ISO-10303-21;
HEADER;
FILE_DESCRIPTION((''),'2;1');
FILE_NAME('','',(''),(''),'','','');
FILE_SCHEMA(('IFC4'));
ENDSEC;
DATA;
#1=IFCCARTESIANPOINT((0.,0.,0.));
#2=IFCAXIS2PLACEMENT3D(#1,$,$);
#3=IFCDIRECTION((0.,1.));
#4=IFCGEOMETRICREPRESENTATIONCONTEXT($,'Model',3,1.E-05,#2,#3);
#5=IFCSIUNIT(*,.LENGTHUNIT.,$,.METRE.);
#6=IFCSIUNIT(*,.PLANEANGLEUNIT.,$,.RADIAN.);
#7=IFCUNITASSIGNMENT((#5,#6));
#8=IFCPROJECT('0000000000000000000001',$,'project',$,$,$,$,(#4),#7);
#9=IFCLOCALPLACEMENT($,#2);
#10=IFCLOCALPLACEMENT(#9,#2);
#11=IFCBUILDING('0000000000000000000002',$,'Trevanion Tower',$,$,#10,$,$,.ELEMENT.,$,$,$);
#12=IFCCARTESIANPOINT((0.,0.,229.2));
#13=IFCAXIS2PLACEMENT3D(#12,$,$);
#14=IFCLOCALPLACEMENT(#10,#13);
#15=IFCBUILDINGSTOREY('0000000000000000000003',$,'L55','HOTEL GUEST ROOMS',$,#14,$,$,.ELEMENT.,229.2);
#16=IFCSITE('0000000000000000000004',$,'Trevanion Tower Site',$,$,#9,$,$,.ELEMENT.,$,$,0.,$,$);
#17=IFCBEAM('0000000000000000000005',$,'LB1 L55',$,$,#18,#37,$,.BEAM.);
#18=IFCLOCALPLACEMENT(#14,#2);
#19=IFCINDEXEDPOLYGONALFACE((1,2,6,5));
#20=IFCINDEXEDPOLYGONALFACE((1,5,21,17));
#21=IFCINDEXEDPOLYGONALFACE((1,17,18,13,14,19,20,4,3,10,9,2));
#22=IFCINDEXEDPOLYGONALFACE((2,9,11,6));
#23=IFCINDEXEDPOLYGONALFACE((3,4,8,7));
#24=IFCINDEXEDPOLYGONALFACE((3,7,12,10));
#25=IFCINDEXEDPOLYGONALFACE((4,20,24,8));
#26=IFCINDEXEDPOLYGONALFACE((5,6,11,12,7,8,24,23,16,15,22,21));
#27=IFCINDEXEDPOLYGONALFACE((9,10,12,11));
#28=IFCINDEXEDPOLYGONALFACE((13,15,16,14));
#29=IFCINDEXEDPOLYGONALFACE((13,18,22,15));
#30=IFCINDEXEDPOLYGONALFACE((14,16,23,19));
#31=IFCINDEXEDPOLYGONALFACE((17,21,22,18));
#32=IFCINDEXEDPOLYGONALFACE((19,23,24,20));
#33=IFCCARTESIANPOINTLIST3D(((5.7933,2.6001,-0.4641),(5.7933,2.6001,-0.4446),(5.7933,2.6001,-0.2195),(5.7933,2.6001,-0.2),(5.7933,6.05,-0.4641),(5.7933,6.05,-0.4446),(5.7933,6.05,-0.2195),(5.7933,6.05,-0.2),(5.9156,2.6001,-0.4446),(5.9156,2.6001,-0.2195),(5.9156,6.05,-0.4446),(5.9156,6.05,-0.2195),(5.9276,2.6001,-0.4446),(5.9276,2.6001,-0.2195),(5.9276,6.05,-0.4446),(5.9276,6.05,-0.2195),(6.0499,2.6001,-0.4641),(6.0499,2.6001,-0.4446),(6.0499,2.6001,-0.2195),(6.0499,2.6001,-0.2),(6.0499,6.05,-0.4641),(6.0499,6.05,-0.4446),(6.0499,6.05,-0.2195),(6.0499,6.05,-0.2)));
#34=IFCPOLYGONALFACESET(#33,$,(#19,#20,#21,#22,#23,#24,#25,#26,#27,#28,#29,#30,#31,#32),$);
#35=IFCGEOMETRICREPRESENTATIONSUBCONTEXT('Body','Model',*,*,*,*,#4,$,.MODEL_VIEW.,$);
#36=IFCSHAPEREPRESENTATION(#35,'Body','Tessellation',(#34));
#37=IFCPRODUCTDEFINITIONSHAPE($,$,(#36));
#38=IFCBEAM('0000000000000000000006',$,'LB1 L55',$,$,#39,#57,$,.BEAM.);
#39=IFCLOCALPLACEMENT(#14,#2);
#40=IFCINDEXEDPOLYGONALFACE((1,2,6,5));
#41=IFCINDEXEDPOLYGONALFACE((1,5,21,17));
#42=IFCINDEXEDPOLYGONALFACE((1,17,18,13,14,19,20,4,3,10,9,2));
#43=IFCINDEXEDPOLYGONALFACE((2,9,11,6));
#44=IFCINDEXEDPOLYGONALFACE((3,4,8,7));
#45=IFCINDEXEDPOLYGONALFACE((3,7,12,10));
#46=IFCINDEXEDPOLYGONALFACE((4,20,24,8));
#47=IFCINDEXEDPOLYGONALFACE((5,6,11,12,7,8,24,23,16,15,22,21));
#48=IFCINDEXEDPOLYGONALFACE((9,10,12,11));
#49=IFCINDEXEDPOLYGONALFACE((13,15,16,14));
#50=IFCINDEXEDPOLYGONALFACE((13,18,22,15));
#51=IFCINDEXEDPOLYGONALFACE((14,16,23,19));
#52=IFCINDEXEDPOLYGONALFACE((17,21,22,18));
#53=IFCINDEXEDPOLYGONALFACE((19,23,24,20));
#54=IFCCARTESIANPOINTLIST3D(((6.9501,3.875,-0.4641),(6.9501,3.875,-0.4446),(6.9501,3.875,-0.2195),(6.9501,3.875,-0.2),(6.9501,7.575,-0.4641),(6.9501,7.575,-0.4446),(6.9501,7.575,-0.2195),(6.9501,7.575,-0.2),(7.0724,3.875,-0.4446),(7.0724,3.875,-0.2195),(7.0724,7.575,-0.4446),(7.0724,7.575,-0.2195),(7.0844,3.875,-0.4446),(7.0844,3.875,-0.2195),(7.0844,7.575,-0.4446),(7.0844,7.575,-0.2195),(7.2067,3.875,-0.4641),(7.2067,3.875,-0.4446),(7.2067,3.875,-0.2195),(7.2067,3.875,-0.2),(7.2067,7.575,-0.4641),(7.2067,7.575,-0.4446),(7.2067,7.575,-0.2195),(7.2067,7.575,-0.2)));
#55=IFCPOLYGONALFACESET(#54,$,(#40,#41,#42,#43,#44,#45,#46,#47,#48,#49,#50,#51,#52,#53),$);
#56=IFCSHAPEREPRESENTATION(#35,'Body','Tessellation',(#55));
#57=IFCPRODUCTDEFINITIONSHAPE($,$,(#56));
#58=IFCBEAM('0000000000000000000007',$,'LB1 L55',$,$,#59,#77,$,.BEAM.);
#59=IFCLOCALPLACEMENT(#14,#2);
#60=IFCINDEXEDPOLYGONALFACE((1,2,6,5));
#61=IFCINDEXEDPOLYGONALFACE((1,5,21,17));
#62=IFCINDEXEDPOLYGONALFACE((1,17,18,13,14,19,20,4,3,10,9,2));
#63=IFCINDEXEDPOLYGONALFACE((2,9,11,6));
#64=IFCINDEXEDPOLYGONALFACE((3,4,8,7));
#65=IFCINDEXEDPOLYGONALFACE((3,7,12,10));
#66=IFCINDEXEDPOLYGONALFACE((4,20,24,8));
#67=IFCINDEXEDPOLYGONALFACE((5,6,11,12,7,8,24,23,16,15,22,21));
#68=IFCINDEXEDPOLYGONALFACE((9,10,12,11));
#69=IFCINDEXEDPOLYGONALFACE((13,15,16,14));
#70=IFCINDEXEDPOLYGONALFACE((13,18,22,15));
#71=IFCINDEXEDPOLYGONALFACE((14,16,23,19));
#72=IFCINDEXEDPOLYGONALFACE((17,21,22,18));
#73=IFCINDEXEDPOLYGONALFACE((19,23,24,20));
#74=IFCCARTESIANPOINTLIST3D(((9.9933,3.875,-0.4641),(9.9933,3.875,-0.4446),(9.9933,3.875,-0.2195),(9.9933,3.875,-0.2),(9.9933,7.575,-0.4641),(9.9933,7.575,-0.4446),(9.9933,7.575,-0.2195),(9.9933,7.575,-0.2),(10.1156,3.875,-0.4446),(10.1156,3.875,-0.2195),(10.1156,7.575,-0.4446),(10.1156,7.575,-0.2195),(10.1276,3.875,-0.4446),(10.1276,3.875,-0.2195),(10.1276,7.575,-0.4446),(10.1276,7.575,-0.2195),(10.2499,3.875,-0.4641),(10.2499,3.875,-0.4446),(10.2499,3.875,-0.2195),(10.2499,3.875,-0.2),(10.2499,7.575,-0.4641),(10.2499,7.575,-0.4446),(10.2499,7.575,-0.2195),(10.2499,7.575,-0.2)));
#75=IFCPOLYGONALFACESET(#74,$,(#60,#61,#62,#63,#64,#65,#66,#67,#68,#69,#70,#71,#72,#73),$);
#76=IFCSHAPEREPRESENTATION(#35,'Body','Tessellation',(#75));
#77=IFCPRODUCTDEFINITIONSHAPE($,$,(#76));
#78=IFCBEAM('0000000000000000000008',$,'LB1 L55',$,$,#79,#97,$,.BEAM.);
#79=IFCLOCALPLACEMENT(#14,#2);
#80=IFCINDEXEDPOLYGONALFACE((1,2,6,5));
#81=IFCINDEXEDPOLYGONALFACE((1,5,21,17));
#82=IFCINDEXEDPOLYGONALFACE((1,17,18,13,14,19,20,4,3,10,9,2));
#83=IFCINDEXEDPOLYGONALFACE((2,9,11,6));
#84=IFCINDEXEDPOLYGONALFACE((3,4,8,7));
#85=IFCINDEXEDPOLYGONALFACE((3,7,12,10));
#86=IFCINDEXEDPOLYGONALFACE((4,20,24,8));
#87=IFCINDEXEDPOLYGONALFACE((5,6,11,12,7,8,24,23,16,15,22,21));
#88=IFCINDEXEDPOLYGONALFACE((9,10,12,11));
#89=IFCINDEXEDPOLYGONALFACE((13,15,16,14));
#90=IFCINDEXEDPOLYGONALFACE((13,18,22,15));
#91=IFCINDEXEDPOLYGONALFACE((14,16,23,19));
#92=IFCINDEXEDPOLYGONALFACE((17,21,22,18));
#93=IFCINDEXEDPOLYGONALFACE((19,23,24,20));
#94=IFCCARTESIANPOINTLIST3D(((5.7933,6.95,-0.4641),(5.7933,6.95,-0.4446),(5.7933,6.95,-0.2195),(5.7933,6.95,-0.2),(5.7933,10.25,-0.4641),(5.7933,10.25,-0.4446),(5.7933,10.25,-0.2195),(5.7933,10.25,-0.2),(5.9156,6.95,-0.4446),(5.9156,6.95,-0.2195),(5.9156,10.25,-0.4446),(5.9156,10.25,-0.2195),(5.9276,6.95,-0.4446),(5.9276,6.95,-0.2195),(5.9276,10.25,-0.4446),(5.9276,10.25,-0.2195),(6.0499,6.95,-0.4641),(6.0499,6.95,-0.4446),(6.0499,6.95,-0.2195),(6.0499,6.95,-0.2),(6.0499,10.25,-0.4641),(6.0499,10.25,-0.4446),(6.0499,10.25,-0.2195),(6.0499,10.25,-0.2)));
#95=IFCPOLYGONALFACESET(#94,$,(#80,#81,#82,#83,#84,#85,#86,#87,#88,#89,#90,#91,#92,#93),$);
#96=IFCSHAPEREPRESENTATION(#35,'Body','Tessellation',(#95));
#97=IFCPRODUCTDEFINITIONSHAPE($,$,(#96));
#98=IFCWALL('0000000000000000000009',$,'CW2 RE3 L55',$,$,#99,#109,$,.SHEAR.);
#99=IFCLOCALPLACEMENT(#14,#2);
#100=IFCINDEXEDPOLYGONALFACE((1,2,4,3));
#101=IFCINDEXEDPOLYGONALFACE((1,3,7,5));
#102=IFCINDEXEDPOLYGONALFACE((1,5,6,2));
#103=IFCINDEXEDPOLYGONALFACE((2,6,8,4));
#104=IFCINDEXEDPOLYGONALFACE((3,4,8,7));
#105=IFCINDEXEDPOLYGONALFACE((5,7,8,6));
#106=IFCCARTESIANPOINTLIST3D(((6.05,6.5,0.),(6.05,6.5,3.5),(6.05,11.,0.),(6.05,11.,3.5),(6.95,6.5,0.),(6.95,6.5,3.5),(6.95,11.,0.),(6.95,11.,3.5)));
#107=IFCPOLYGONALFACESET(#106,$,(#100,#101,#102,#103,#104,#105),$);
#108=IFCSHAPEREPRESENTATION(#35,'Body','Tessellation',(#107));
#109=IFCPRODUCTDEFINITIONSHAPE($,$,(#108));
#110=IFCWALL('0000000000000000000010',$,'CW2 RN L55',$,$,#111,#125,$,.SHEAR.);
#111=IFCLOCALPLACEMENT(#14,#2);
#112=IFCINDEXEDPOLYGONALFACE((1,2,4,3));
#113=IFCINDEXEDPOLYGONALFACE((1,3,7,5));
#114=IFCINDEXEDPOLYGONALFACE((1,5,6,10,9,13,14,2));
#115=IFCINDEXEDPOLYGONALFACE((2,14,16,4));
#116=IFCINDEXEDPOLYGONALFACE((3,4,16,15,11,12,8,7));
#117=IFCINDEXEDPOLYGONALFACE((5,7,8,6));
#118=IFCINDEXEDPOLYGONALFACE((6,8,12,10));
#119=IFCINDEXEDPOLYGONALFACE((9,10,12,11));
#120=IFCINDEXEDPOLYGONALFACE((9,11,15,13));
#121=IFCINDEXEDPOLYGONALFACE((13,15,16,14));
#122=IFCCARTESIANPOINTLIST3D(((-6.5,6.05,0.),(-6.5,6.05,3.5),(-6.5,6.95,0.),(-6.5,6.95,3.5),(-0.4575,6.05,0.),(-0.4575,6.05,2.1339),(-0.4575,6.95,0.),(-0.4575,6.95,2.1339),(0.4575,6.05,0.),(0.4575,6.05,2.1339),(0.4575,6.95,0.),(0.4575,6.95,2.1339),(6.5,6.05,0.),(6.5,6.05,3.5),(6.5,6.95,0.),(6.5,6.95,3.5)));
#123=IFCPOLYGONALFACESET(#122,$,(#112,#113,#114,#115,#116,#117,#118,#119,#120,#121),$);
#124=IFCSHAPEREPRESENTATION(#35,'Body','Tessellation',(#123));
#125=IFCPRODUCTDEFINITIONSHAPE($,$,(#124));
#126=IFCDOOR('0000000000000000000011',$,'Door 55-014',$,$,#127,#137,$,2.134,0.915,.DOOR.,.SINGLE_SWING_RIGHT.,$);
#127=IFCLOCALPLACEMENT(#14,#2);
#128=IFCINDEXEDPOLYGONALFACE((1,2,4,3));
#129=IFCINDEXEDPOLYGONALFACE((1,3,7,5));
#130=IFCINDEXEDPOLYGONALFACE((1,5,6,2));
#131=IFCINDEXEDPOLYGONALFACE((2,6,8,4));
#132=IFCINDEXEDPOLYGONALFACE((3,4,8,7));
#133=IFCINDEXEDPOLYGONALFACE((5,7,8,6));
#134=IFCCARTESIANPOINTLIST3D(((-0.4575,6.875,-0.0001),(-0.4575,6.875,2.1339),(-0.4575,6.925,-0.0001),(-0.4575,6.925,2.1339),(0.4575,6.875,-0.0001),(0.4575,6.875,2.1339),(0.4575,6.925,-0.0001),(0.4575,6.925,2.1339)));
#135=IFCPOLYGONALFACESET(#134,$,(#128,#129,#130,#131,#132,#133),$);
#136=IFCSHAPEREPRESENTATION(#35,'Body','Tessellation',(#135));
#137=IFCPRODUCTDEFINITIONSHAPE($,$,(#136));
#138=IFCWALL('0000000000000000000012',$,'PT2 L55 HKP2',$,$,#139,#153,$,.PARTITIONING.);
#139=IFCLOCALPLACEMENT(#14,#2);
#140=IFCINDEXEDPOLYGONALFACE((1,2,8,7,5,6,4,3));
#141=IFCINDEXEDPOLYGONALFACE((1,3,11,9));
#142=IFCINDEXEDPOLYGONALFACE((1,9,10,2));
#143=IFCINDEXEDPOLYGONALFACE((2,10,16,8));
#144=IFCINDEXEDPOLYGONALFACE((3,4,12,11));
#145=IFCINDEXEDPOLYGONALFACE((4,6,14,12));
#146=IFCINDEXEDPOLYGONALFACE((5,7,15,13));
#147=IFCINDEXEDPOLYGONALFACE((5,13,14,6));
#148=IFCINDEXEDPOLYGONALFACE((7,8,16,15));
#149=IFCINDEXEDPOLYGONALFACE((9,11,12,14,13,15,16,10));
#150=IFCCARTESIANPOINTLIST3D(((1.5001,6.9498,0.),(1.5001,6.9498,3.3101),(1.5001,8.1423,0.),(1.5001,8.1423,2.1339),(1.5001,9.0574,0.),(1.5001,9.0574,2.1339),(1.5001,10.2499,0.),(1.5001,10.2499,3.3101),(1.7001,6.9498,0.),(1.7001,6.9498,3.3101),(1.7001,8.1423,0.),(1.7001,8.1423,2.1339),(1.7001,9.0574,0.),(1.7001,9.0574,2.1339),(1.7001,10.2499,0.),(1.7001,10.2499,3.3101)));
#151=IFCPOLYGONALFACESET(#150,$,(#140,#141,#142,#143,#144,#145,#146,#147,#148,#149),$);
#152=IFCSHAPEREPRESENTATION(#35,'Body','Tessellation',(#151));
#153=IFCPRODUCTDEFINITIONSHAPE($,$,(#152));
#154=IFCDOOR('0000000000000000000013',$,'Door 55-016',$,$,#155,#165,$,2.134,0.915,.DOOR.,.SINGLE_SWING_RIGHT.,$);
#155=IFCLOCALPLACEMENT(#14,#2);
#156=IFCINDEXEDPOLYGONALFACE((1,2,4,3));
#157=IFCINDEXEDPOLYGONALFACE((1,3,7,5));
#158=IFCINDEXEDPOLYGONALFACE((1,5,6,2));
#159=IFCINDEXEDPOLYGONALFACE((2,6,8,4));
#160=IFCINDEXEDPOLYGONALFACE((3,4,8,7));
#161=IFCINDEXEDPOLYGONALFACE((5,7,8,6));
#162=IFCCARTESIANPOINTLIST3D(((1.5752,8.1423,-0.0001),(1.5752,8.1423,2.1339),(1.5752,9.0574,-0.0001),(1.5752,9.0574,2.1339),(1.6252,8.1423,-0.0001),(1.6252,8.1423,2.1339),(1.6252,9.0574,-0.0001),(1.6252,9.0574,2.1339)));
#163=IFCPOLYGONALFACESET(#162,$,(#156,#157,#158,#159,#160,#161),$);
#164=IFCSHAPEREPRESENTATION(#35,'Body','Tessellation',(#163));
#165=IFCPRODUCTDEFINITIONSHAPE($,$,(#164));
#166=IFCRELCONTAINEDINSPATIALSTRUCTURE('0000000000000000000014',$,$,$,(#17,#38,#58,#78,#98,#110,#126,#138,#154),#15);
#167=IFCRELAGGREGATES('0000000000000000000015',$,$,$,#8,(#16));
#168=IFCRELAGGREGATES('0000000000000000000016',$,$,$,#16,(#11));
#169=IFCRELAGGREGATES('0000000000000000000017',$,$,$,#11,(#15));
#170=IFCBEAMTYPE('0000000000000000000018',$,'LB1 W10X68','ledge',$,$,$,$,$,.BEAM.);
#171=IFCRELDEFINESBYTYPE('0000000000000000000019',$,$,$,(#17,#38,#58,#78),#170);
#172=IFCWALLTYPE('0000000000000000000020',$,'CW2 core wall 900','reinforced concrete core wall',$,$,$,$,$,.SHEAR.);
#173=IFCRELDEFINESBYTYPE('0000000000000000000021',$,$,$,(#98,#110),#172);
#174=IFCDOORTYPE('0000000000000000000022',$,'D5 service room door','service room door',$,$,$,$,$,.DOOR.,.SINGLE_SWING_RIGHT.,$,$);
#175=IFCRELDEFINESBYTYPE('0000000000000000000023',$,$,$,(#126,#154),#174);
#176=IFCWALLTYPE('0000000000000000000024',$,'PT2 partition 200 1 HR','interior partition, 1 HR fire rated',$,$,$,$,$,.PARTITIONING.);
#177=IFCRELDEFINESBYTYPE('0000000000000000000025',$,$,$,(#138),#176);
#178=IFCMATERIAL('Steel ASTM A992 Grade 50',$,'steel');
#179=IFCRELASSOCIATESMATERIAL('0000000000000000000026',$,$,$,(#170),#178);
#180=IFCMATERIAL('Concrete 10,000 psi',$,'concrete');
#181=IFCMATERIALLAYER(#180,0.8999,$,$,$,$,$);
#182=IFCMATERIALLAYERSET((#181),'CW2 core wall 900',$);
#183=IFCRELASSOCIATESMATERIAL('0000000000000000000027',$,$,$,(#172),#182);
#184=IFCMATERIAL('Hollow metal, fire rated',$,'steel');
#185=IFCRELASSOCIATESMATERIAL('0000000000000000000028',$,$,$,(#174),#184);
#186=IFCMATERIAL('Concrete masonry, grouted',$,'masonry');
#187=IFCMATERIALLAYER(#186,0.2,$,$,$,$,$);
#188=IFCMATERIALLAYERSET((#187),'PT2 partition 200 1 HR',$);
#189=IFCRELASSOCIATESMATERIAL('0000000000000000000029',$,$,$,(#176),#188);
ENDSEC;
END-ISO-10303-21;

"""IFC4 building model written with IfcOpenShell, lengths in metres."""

from ifc_helpers import new_model, si_unit, direction, frame, frame_2d, origin, origin_2d, place, context, subcontext, project, spatial, rectangle, i_section, extrude, material, layer, layer_set, material_profile, profile_set, type_object, element, fill, save


model = new_model("IFC4")

# Units and contexts
model_context = context("Model", 3, precision=1e-05, world=origin(), true_north=direction((0.0, 1.0)))
body_context = subcontext(model_context, "Body", "Model", "MODEL_VIEW")
ifc_project = project(units=[si_unit("LENGTHUNIT", "METRE"), si_unit("PLANEANGLEUNIT", "RADIAN")], contexts=[model_context])

# Site, building, storey
site_placement = place(None, origin())
site = spatial("IfcSite", under=ifc_project, at=site_placement, Name="Trevanion Tower Site", CompositionType="ELEMENT", RefElevation=0.0)
building_placement = place(site_placement, origin())
building = spatial("IfcBuilding", under=site, at=building_placement, Name="Trevanion Tower", CompositionType="ELEMENT")
storey_placement = place(building_placement, frame((0.0, 0.0, 229.2)))
storey = spatial("IfcBuildingStorey", under=building, at=storey_placement, Name="L55", Description="HOTEL GUEST ROOMS", CompositionType="ELEMENT", Elevation=229.2)

# Beams
ifc_material_1 = material(Name="Steel ASTM A992 Grade 50", Category="steel")
ifc_material_profile = material_profile(ifc_material_1, i_section(OverallWidth=0.2566, OverallDepth=0.2642, WebThickness=0.012, FlangeThickness=0.0195, at=origin_2d()), Name="W10X68")
ifc_profile_set = profile_set([ifc_material_profile], Name="Steel ASTM A992 Grade 50")
beam_type = type_object("IfcBeamType", Name="LB1 W10X68", Description="ledge", PredefinedType="BEAM", material=ifc_profile_set)
beam_1_placement = place(storey_placement, frame((5.9216, 2.6001, -0.332), z_axis=(0.0, 1.0, 0.0), x_axis=(-1.0, 0.0, 0.0)))
element("IfcBeam", 1, at=beam_1_placement, inside=storey, type_object=beam_type, Name="LB1 L55", PredefinedType="BEAM", context=body_context, shape_type="SweptSolid", body=[
    extrude(i_section(OverallWidth=0.2566, OverallDepth=0.2642, WebThickness=0.012, FlangeThickness=0.0195, at=origin_2d()), origin(), (0.0, 0.0, 1.0), 3.45),
])
for number, where, z_axis, x_axis, name in (
    (2, (7.0784, 3.875, -0.332), (0.0, 1.0, 0.0), (-1.0, 0.0, 0.0), "LB1 L55"),
    (3, (10.1216, 3.875, -0.332), (0.0, 1.0, 0.0), (-1.0, 0.0, 0.0), "LB1 L55"),
):
    element("IfcBeam", number, at=place(storey_placement, frame(where, z_axis=z_axis, x_axis=x_axis)), inside=storey, type_object=beam_type, Name=name, PredefinedType="BEAM", context=body_context, shape_type="SweptSolid", body=[
        extrude(i_section(OverallWidth=0.2566, OverallDepth=0.2642, WebThickness=0.012, FlangeThickness=0.0195, at=origin_2d()), origin(), (0.0, 0.0, 1.0), 3.7),
    ])
beam_2_placement = place(storey_placement, frame((5.9216, 6.95, -0.332), z_axis=(0.0, 1.0, 0.0), x_axis=(-1.0, 0.0, 0.0)))
element("IfcBeam", 4, at=beam_2_placement, inside=storey, type_object=beam_type, Name="LB1 L55", PredefinedType="BEAM", context=body_context, shape_type="SweptSolid", body=[
    extrude(i_section(OverallWidth=0.2566, OverallDepth=0.2642, WebThickness=0.012, FlangeThickness=0.0195, at=origin_2d()), origin(), (0.0, 0.0, 1.0), 3.3),
])

# Wall
ifc_material_2 = material(Name="Concrete 10,000 psi", Category="concrete")
ifc_layer_1 = layer(ifc_material_2, 0.8999)
ifc_layer_set_1 = layer_set([ifc_layer_1], Name="CW2 core wall 900")
wall_type_1 = type_object("IfcWallType", Name="CW2 core wall 900", Description="reinforced concrete core wall", PredefinedType="SHEAR", material=ifc_layer_set_1)
wall_1_placement = place(storey_placement, frame((6.5, 6.5, 0.0), z_axis=(0.0, 0.0, 1.0), x_axis=(0.0, 1.0, 0.0)))
element("IfcWall", 5, at=wall_1_placement, inside=storey, type_object=wall_type_1, Name="CW2 RE3 L55", PredefinedType="SHEAR", context=body_context, shape_type="SweptSolid", body=[
    extrude(rectangle(XDim=4.5, YDim=0.8999, at=frame_2d((2.25, 0.0))), origin(), (0.0, 0.0, 1.0), 3.5),
])

# Walls, openings, doors
wall_2_placement = place(storey_placement, frame((6.5, 6.5, 0.0), z_axis=(0.0, 0.0, 1.0), x_axis=(-1.0, 0.0, 0.0)))
wall_2 = element("IfcWall", 6, at=wall_2_placement, inside=storey, type_object=wall_type_1, Name="CW2 RN L55", PredefinedType="SHEAR", context=body_context, shape_type="SweptSolid", body=[
    extrude(rectangle(XDim=13.0, YDim=0.8999, at=frame_2d((6.5, 0.0))), origin(), (0.0, 0.0, 1.0), 3.5),
])
opening_1_placement = place(wall_2_placement, frame((6.0425, 0.0, 0.0)))
opening_1 = element("IfcOpeningElement", 7, at=opening_1_placement, cuts=wall_2, PredefinedType="OPENING", context=body_context, shape_type="SweptSolid", body=[
    extrude(rectangle(XDim=0.915, YDim=2.134, at=frame_2d((0.4575, 1.0669))), frame((0.0, 0.46, 0.0), z_axis=(0.0, -1.0, 0.0), x_axis=(1.0, 0.0, 0.0)), (0.0, 0.0, 1.0), 0.9199),
])
ifc_material_3 = material(Name="Hollow metal, fire rated", Category="steel")
door_type_1 = type_object("IfcDoorType", Name="D5 service room door", Description="service room door", OperationType="SINGLE_SWING_RIGHT", PredefinedType="DOOR", material=ifc_material_3)
door_1_placement = place(opening_1_placement, origin())
door_1 = element("IfcDoor", 8, at=door_1_placement, inside=storey, type_object=door_type_1, Name="Door 55-014", OperationType="SINGLE_SWING_RIGHT", OverallHeight=2.134, OverallWidth=0.915, PredefinedType="DOOR", context=body_context, shape_type="SweptSolid", body=[
    extrude(rectangle(XDim=0.915, YDim=2.134, at=frame_2d((0.4575, 1.0669))), frame((0.0, -0.375, 0.0), z_axis=(0.0, -1.0, 0.0), x_axis=(1.0, 0.0, 0.0)), (0.0, 0.0, 1.0), 0.05),
])
fill(opening_1, door_1)
ifc_material_4 = material(Name="Concrete masonry, grouted", Category="masonry")
ifc_layer_2 = layer(ifc_material_4, 0.2)
ifc_layer_set_2 = layer_set([ifc_layer_2], Name="PT2 partition 200 1 HR")
wall_type_2 = type_object("IfcWallType", Name="PT2 partition 200 1 HR", Description="interior partition, 1 HR fire rated", PredefinedType="PARTITIONING", material=ifc_layer_set_2)
wall_3_placement = place(storey_placement, frame((1.6001, 6.95, 0.0), z_axis=(0.0, 0.0, 1.0), x_axis=(0.0, 1.0, 0.0)))
wall_3 = element("IfcWall", 9, at=wall_3_placement, inside=storey, type_object=wall_type_2, Name="PT2 L55 HKP2", PredefinedType="PARTITIONING", context=body_context, shape_type="SweptSolid", body=[
    extrude(rectangle(XDim=3.3, YDim=0.2, at=frame_2d((1.6499, 0.0))), origin(), (0.0, 0.0, 1.0), 3.3101),
])
opening_2_placement = place(wall_3_placement, frame((1.1924, 0.0, 0.0)))
opening_2 = element("IfcOpeningElement", 10, at=opening_2_placement, cuts=wall_3, PredefinedType="OPENING", context=body_context, shape_type="SweptSolid", body=[
    extrude(rectangle(XDim=0.915, YDim=2.134, at=frame_2d((0.4575, 1.0669))), frame((0.0, 0.1099, 0.0), z_axis=(0.0, -1.0, 0.0), x_axis=(1.0, 0.0, 0.0)), (0.0, 0.0, 1.0), 0.22),
])
door_2_placement = place(opening_2_placement, origin())
door_2 = element("IfcDoor", 11, at=door_2_placement, inside=storey, type_object=door_type_1, Name="Door 55-016", OperationType="SINGLE_SWING_RIGHT", OverallHeight=2.134, OverallWidth=0.915, PredefinedType="DOOR", context=body_context, shape_type="SweptSolid", body=[
    extrude(rectangle(XDim=0.915, YDim=2.134, at=frame_2d((0.4575, 1.0669))), frame((0.0, 0.0249, 0.0), z_axis=(0.0, -1.0, 0.0), x_axis=(1.0, 0.0, 0.0)), (0.0, 0.0, 1.0), 0.05),
])
fill(opening_2, door_2)

save(model, "model.ifc")
